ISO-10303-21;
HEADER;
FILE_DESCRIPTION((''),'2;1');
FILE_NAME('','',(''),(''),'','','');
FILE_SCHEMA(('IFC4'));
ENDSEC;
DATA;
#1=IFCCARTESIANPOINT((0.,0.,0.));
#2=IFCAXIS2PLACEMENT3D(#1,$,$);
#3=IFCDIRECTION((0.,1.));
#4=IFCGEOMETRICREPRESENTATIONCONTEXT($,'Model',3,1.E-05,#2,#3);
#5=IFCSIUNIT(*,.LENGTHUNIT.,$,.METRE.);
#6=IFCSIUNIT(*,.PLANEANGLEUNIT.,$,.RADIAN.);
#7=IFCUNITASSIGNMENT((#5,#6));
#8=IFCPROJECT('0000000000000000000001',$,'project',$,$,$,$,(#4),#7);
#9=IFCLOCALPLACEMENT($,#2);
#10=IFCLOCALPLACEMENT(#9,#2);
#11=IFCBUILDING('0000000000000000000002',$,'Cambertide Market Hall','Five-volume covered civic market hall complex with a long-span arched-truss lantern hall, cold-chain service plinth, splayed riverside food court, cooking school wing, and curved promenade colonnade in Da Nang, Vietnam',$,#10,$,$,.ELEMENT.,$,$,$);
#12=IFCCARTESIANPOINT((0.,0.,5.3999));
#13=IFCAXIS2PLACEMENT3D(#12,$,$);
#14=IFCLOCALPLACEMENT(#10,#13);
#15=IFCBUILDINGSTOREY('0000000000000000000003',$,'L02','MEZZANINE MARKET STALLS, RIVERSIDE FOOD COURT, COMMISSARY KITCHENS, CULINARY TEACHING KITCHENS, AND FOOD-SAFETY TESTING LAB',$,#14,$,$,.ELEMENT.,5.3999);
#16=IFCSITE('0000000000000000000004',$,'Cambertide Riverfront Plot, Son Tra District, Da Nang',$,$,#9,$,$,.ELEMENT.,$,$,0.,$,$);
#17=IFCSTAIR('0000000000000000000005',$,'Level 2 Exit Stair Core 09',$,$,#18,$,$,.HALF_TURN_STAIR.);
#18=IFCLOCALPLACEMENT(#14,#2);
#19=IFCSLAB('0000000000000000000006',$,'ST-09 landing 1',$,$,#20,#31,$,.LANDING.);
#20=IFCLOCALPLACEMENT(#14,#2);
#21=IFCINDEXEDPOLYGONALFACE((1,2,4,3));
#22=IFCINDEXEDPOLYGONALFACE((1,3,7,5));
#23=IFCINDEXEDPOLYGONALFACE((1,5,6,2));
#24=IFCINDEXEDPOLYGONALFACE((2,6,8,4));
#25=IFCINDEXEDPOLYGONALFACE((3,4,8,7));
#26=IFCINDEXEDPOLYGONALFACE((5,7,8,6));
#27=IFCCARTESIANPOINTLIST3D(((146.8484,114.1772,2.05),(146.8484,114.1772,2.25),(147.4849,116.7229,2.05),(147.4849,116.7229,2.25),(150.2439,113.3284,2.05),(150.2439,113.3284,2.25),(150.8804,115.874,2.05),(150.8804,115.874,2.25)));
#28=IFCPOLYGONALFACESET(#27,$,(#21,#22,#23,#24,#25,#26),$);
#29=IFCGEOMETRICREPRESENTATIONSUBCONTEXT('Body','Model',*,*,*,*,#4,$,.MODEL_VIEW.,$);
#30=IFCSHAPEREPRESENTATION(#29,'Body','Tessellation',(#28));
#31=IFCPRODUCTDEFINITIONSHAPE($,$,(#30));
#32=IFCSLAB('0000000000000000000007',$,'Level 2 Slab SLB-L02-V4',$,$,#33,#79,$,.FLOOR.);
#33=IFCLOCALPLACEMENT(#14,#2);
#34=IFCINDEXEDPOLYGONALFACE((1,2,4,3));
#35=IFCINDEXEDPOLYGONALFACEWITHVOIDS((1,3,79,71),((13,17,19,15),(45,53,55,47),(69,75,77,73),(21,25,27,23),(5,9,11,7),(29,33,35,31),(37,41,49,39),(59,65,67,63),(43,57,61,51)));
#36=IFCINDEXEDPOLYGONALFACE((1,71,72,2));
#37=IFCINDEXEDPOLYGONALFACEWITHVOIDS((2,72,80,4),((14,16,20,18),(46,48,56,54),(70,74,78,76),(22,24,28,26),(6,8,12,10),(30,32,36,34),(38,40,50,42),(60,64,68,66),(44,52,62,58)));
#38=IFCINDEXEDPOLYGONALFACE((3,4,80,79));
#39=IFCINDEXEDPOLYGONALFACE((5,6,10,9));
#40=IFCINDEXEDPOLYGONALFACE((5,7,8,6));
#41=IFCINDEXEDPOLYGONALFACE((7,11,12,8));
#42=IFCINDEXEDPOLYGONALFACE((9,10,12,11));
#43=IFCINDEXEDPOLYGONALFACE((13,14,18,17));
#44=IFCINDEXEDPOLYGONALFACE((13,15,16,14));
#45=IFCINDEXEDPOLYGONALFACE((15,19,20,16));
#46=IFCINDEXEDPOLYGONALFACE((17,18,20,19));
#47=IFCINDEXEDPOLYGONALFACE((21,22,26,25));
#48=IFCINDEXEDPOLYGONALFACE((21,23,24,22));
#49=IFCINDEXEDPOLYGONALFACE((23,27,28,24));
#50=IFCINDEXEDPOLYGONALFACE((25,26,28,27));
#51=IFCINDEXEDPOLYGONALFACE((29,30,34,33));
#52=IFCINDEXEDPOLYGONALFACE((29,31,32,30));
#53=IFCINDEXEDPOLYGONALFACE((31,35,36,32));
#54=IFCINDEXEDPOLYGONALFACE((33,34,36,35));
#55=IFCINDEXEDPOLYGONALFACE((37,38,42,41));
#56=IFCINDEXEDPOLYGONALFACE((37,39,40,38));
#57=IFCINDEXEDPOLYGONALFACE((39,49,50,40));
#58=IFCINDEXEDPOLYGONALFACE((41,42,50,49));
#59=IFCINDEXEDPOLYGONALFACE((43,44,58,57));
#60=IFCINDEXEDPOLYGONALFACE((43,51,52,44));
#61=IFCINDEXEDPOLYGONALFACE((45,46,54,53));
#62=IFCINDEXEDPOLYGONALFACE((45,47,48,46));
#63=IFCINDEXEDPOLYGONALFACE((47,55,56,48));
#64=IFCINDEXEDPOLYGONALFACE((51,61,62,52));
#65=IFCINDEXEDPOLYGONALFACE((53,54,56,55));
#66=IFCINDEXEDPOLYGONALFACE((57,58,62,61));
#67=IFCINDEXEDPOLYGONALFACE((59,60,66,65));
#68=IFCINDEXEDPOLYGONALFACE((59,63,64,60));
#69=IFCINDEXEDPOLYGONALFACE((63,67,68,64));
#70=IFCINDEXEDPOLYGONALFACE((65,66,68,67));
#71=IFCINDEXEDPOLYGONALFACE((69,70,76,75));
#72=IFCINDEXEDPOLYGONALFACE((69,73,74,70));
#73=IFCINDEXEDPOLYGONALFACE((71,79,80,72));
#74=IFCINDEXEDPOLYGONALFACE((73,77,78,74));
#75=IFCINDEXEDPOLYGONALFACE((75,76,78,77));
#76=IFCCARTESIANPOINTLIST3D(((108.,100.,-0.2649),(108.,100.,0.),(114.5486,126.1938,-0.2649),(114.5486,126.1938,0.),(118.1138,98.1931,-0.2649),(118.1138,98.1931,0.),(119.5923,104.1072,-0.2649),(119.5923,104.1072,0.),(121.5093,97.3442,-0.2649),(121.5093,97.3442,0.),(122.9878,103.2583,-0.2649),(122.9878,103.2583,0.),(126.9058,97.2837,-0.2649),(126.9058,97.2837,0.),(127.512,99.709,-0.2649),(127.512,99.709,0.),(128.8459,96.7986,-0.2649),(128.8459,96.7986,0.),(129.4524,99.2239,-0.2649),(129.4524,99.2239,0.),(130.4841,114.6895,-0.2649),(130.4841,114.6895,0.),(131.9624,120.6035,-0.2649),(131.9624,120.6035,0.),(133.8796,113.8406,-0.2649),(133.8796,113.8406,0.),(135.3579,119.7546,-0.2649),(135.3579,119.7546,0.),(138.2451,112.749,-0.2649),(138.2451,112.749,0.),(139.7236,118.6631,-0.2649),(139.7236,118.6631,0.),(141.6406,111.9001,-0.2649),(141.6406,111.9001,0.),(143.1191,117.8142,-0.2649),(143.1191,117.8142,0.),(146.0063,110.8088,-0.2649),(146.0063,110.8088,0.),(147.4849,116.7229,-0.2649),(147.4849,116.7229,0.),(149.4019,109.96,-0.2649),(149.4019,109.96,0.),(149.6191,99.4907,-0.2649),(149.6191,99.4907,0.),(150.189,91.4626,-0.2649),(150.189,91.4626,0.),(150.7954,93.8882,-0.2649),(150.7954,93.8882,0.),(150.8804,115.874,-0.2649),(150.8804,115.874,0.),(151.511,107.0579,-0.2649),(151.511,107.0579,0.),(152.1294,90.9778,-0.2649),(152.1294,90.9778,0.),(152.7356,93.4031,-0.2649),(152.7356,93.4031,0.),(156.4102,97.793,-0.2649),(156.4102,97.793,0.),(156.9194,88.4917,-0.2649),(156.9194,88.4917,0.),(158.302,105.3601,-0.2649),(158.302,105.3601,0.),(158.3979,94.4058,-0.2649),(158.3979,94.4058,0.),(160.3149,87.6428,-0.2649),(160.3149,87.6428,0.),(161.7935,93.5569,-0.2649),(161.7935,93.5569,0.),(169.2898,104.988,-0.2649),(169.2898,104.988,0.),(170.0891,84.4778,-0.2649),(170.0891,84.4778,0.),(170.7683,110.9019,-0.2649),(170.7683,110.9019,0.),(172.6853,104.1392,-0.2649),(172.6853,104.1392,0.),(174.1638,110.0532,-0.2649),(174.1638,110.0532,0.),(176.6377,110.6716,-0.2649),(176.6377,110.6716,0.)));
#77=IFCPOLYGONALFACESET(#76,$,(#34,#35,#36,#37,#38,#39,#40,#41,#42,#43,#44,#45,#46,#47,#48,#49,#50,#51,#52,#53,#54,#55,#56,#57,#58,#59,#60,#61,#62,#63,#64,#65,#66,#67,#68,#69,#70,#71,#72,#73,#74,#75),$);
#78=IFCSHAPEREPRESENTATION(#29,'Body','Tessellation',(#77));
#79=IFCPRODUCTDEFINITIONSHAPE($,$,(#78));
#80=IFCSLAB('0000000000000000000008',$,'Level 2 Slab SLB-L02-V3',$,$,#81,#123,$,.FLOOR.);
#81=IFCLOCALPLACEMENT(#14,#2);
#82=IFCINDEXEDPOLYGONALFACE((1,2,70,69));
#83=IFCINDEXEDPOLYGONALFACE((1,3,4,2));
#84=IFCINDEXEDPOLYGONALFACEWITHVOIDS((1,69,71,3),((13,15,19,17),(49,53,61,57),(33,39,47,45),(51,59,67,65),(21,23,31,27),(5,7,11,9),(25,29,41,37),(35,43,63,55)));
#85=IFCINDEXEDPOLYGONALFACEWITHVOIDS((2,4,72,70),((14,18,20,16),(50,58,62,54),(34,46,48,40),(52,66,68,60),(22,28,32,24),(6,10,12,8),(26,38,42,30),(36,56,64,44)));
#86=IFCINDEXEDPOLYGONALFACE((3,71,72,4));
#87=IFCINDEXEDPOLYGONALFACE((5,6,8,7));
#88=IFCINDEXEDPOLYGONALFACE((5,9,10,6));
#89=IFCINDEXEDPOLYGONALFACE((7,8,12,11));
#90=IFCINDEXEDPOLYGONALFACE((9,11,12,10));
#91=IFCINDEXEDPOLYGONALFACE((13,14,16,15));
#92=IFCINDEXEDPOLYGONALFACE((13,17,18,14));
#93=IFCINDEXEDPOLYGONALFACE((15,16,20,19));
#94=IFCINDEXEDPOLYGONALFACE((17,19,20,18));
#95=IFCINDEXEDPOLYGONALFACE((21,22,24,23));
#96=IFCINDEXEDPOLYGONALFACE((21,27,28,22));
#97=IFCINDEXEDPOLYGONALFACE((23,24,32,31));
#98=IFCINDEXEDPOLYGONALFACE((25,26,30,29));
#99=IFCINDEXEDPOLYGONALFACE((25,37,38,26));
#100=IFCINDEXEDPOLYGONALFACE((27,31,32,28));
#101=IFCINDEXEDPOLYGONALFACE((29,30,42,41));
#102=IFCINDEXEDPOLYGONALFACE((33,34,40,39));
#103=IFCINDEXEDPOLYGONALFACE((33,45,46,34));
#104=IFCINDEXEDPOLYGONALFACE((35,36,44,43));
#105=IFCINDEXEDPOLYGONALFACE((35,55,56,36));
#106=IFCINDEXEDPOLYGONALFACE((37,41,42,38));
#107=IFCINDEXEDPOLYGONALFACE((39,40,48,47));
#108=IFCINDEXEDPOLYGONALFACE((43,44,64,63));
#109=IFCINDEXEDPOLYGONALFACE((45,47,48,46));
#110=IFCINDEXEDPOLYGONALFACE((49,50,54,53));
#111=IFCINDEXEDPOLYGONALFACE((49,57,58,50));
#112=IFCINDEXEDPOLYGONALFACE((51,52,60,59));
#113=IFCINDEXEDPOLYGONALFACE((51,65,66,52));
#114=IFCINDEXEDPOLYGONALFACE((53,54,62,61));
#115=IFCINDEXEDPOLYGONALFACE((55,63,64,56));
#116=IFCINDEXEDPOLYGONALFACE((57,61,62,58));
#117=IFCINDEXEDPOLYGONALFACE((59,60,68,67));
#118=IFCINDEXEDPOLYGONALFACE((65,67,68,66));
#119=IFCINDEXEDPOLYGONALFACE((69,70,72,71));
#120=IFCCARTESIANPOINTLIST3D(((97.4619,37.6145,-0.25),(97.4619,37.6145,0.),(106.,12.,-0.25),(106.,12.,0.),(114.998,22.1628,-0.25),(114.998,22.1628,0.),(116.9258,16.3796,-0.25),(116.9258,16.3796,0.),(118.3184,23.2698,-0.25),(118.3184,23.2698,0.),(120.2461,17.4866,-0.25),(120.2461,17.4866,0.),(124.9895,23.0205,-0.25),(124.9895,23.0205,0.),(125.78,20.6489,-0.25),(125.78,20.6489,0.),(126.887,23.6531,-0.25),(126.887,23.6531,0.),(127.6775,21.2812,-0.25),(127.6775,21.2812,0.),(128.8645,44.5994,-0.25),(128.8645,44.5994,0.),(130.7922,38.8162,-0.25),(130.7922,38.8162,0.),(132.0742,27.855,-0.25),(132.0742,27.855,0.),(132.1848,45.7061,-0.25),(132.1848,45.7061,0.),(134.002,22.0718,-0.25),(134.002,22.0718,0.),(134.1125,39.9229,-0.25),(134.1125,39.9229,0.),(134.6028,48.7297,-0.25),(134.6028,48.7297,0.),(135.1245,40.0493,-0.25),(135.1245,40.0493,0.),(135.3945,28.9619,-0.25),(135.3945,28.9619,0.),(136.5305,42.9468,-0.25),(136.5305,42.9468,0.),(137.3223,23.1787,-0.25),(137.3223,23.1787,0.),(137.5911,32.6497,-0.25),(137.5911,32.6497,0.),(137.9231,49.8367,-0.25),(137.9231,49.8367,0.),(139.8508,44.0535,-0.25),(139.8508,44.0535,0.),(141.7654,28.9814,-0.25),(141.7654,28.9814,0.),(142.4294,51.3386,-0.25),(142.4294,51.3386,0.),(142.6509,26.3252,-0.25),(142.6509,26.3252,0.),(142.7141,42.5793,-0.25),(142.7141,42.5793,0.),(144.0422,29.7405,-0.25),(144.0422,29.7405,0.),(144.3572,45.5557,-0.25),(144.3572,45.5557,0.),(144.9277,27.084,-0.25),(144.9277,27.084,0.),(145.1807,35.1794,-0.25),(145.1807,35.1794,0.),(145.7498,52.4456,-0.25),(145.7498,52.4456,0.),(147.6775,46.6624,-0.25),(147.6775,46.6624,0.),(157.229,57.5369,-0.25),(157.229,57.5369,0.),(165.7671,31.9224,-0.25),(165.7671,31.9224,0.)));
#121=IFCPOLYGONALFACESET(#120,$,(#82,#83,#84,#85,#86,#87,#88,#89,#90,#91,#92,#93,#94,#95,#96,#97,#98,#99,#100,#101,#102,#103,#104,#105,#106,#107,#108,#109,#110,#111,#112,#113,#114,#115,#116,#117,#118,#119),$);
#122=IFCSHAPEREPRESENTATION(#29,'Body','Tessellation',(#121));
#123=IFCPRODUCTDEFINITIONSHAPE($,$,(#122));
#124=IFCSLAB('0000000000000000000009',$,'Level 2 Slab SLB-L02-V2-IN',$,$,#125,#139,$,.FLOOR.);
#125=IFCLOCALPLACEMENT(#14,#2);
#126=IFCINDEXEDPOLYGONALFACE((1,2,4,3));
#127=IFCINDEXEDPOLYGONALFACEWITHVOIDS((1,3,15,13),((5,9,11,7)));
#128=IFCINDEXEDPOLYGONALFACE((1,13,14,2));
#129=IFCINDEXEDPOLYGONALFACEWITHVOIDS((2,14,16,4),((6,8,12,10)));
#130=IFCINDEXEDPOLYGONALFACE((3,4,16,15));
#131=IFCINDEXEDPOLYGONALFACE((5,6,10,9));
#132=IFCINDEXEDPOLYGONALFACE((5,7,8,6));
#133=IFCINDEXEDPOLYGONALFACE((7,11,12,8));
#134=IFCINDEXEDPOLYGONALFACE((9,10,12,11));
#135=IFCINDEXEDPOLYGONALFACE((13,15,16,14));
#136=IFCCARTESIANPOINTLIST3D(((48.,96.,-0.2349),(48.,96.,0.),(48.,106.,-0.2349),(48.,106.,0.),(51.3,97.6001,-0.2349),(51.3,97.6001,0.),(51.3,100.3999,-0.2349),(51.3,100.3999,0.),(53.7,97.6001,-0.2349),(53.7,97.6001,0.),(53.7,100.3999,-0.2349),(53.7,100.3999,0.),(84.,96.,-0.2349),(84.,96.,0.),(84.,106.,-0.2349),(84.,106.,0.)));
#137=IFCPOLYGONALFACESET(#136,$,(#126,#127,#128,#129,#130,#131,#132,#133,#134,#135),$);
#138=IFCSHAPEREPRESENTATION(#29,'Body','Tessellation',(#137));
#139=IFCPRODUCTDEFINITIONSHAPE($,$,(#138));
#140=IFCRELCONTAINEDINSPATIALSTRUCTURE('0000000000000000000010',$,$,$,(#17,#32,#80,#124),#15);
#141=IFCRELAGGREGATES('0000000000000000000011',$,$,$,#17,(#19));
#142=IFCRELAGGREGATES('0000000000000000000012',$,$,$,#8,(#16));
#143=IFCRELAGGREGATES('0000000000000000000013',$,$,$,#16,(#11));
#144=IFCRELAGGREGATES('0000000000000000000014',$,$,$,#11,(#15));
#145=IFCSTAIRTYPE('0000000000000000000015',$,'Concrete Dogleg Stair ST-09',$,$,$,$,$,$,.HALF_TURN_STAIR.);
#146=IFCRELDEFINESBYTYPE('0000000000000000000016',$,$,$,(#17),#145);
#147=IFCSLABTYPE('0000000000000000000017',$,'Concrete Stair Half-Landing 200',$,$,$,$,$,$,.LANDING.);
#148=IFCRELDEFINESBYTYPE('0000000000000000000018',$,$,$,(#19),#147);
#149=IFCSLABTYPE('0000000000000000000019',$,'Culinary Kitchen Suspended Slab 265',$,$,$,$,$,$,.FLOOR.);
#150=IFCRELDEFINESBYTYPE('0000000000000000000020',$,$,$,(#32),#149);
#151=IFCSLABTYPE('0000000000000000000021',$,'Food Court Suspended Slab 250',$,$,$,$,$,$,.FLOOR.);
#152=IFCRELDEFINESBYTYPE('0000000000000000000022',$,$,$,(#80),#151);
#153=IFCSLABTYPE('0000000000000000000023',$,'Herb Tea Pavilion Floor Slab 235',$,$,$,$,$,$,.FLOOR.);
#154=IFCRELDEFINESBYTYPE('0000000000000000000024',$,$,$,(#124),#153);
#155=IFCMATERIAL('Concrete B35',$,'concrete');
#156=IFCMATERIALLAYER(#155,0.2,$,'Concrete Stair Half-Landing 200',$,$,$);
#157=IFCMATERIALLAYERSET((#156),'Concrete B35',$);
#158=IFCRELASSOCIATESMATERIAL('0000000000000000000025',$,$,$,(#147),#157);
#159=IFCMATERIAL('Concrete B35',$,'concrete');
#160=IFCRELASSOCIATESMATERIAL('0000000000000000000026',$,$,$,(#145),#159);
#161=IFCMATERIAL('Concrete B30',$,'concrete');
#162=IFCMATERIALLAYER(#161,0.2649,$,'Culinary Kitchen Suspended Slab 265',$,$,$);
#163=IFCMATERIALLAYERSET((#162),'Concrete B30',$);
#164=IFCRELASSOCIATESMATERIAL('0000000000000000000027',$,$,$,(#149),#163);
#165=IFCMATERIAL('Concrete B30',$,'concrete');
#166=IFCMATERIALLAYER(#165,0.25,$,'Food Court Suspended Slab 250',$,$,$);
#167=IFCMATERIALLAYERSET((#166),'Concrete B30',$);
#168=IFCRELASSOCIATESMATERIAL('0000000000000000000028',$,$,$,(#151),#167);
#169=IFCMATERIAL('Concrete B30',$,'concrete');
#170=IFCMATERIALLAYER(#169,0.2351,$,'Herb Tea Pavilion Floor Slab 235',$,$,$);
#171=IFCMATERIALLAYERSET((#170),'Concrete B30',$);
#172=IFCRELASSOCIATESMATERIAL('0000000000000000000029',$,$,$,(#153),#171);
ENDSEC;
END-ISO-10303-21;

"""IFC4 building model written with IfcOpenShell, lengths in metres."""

from ifc_helpers import new_model, si_unit, direction, frame, origin, place, context, subcontext, project, spatial, polyline, outline, extrude, material, layer, layer_set, type_object, element, aggregate, save


model = new_model("IFC4")

# Units and contexts
model_context = context("Model", 3, precision=1e-05, world=origin(), true_north=direction((0.0, 1.0)))
body_context = subcontext(model_context, "Body", "Model", "MODEL_VIEW")
ifc_project = project(units=[si_unit("LENGTHUNIT", "METRE"), si_unit("PLANEANGLEUNIT", "RADIAN")], contexts=[model_context])

# Site, building, storey
site_placement = place(None, origin())
site = spatial("IfcSite", under=ifc_project, at=site_placement, Name="Cambertide Riverfront Plot, Son Tra District, Da Nang", CompositionType="ELEMENT", RefElevation=0.0)
building_placement = place(site_placement, origin())
building = spatial("IfcBuilding", under=site, at=building_placement, Name="Cambertide Market Hall", Description="Five-volume covered civic market hall complex with a long-span arched-truss lantern hall, cold-chain service plinth, splayed riverside food court, cooking school wing, and curved promenade colonnade in Da Nang, Vietnam", CompositionType="ELEMENT")
storey_placement = place(building_placement, frame((0.0, 0.0, 5.3999)))
storey = spatial("IfcBuildingStorey", under=building, at=storey_placement, Name="L02", Description="MEZZANINE MARKET STALLS, RIVERSIDE FOOD COURT, COMMISSARY KITCHENS, CULINARY TEACHING KITCHENS, AND FOOD-SAFETY TESTING LAB", CompositionType="ELEMENT", Elevation=5.3999)

# Stair, slab
ifc_material_1 = material(Name="Concrete B35", Category="concrete")
ifc_layer_1 = layer(ifc_material_1, 0.2, Name="Concrete Stair Half-Landing 200")
ifc_layer_set_1 = layer_set([ifc_layer_1], Name="Concrete B35")
slab_type_1 = type_object("IfcSlabType", Name="Concrete Stair Half-Landing 200", PredefinedType="LANDING", material=ifc_layer_set_1)
ifc_material_2 = material(Name="Concrete B35", Category="concrete")
stair_type_1 = type_object("IfcStairType", Name="Concrete Dogleg Stair ST-09", PredefinedType="HALF_TURN_STAIR", material=ifc_material_2)
stair_1_placement = place(storey_placement, origin())
stair_1 = element("IfcStair", 1, at=stair_1_placement, inside=storey, type_object=stair_type_1, Name="Level 2 Exit Stair Core 09", PredefinedType="HALF_TURN_STAIR")
slab_1_placement = place(storey_placement, frame((0.0, 0.0, 2.05)))
slab_1 = element("IfcSlab", 2, at=slab_1_placement, type_object=slab_type_1, Name="ST-09 landing 1", PredefinedType="LANDING", context=body_context, shape_type="SweptSolid", body=[
    extrude(outline(polyline([(150.2439, 113.3284), (150.8804, 115.874), (147.4849, 116.7229), (146.8484, 114.1772), (150.2439, 113.3284)])), origin(), (0.0, 0.0, 1.0), 0.2),
])
aggregate(stair_1, [slab_1])

# Slabs
ifc_material_3 = material(Name="Concrete B30", Category="concrete")
ifc_layer_2 = layer(ifc_material_3, 0.2649, Name="Culinary Kitchen Suspended Slab 265")
ifc_layer_set_2 = layer_set([ifc_layer_2], Name="Concrete B30")
slab_type_2 = type_object("IfcSlabType", Name="Culinary Kitchen Suspended Slab 265", PredefinedType="FLOOR", material=ifc_layer_set_2)
slab_2_placement = place(storey_placement, frame((0.0, 0.0, -0.2649)))
element("IfcSlab", 3, at=slab_2_placement, inside=storey, type_object=slab_type_2, Name="Level 2 Slab SLB-L02-V4", PredefinedType="FLOOR", context=body_context, shape_type="SweptSolid", body=[
    extrude(outline(polyline([(108.0, 100.0), (170.0891, 84.4778), (176.6377, 110.6716), (114.5486, 126.1938), (108.0, 100.0)]), holes=[polyline([(122.9878, 103.2583), (121.5093, 97.3442), (118.1138, 98.1931), (119.5923, 104.1072), (122.9878, 103.2583)]), polyline([(138.2451, 112.749), (139.7236, 118.6631), (143.1191, 117.8142), (141.6406, 111.9001), (138.2451, 112.749)]), polyline([(161.7935, 93.5569), (160.3149, 87.6428), (156.9194, 88.4917), (158.3979, 94.4058), (161.7935, 93.5569)]), polyline([(169.2898, 104.988), (170.7683, 110.9019), (174.1638, 110.0532), (172.6853, 104.1392), (169.2898, 104.988)]), polyline([(146.0063, 110.8088), (147.4849, 116.7229), (150.8804, 115.874), (149.4019, 109.96), (146.0063, 110.8088)]), polyline([(130.4841, 114.6895), (131.9624, 120.6035), (135.3579, 119.7546), (133.8796, 113.8406), (130.4841, 114.6895)]), polyline([(127.512, 99.709), (129.4524, 99.2239), (128.8459, 96.7986), (126.9058, 97.2837), (127.512, 99.709)]), polyline([(150.7954, 93.8882), (152.7356, 93.4031), (152.1294, 90.9778), (150.189, 91.4626), (150.7954, 93.8882)]), polyline([(151.511, 107.0579), (158.302, 105.3601), (156.4102, 97.793), (149.6191, 99.4907), (151.511, 107.0579)])]), origin(), (0.0, 0.0, 1.0), 0.2649),
])
ifc_material_4 = material(Name="Concrete B30", Category="concrete")
ifc_layer_3 = layer(ifc_material_4, 0.25, Name="Food Court Suspended Slab 250")
ifc_layer_set_3 = layer_set([ifc_layer_3], Name="Concrete B30")
slab_type_3 = type_object("IfcSlabType", Name="Food Court Suspended Slab 250", PredefinedType="FLOOR", material=ifc_layer_set_3)
slab_3_placement = place(storey_placement, frame((0.0, 0.0, -0.25)))
element("IfcSlab", 4, at=slab_3_placement, inside=storey, type_object=slab_type_3, Name="Level 2 Slab SLB-L02-V3", PredefinedType="FLOOR", context=body_context, shape_type="SweptSolid", body=[
    extrude(outline(polyline([(106.0, 12.0), (165.7671, 31.9224), (157.229, 57.5369), (97.4619, 37.6145), (106.0, 12.0)]), holes=[polyline([(118.3184, 23.2698), (120.2461, 17.4866), (116.9258, 16.3796), (114.998, 22.1628), (118.3184, 23.2698)]), polyline([(144.3572, 45.5557), (142.4294, 51.3386), (145.7498, 52.4456), (147.6775, 46.6624), (144.3572, 45.5557)]), polyline([(135.3945, 28.9619), (137.3223, 23.1787), (134.002, 22.0718), (132.0742, 27.855), (135.3945, 28.9619)]), polyline([(136.5305, 42.9468), (134.6028, 48.7297), (137.9231, 49.8367), (139.8508, 44.0535), (136.5305, 42.9468)]), polyline([(132.1848, 45.7061), (134.1125, 39.9229), (130.7922, 38.8162), (128.8645, 44.5994), (132.1848, 45.7061)]), polyline([(124.9895, 23.0205), (126.887, 23.6531), (127.6775, 21.2812), (125.78, 20.6489), (124.9895, 23.0205)]), polyline([(141.7654, 28.9814), (144.0422, 29.7405), (144.9277, 27.084), (142.6509, 26.3252), (141.7654, 28.9814)]), polyline([(135.1245, 40.0493), (142.7141, 42.5793), (145.1807, 35.1794), (137.5911, 32.6497), (135.1245, 40.0493)])]), origin(), (0.0, 0.0, 1.0), 0.25),
])
ifc_material_5 = material(Name="Concrete B30", Category="concrete")
ifc_layer_4 = layer(ifc_material_5, 0.2351, Name="Herb Tea Pavilion Floor Slab 235")
ifc_layer_set_4 = layer_set([ifc_layer_4], Name="Concrete B30")
slab_type_4 = type_object("IfcSlabType", Name="Herb Tea Pavilion Floor Slab 235", PredefinedType="FLOOR", material=ifc_layer_set_4)
slab_4_placement = place(storey_placement, frame((0.0, 0.0, -0.2349)))
element("IfcSlab", 5, at=slab_4_placement, inside=storey, type_object=slab_type_4, Name="Level 2 Slab SLB-L02-V2-IN", PredefinedType="FLOOR", context=body_context, shape_type="SweptSolid", body=[
    extrude(outline(polyline([(48.0, 96.0), (84.0, 96.0), (84.0, 106.0), (48.0, 106.0), (48.0, 96.0)]), holes=[polyline([(51.3, 100.3999), (53.7, 100.3999), (53.7, 97.6001), (51.3, 97.6001), (51.3, 100.3999)])]), origin(), (0.0, 0.0, 1.0), 0.2349),
])

save(model, "model.ifc")
